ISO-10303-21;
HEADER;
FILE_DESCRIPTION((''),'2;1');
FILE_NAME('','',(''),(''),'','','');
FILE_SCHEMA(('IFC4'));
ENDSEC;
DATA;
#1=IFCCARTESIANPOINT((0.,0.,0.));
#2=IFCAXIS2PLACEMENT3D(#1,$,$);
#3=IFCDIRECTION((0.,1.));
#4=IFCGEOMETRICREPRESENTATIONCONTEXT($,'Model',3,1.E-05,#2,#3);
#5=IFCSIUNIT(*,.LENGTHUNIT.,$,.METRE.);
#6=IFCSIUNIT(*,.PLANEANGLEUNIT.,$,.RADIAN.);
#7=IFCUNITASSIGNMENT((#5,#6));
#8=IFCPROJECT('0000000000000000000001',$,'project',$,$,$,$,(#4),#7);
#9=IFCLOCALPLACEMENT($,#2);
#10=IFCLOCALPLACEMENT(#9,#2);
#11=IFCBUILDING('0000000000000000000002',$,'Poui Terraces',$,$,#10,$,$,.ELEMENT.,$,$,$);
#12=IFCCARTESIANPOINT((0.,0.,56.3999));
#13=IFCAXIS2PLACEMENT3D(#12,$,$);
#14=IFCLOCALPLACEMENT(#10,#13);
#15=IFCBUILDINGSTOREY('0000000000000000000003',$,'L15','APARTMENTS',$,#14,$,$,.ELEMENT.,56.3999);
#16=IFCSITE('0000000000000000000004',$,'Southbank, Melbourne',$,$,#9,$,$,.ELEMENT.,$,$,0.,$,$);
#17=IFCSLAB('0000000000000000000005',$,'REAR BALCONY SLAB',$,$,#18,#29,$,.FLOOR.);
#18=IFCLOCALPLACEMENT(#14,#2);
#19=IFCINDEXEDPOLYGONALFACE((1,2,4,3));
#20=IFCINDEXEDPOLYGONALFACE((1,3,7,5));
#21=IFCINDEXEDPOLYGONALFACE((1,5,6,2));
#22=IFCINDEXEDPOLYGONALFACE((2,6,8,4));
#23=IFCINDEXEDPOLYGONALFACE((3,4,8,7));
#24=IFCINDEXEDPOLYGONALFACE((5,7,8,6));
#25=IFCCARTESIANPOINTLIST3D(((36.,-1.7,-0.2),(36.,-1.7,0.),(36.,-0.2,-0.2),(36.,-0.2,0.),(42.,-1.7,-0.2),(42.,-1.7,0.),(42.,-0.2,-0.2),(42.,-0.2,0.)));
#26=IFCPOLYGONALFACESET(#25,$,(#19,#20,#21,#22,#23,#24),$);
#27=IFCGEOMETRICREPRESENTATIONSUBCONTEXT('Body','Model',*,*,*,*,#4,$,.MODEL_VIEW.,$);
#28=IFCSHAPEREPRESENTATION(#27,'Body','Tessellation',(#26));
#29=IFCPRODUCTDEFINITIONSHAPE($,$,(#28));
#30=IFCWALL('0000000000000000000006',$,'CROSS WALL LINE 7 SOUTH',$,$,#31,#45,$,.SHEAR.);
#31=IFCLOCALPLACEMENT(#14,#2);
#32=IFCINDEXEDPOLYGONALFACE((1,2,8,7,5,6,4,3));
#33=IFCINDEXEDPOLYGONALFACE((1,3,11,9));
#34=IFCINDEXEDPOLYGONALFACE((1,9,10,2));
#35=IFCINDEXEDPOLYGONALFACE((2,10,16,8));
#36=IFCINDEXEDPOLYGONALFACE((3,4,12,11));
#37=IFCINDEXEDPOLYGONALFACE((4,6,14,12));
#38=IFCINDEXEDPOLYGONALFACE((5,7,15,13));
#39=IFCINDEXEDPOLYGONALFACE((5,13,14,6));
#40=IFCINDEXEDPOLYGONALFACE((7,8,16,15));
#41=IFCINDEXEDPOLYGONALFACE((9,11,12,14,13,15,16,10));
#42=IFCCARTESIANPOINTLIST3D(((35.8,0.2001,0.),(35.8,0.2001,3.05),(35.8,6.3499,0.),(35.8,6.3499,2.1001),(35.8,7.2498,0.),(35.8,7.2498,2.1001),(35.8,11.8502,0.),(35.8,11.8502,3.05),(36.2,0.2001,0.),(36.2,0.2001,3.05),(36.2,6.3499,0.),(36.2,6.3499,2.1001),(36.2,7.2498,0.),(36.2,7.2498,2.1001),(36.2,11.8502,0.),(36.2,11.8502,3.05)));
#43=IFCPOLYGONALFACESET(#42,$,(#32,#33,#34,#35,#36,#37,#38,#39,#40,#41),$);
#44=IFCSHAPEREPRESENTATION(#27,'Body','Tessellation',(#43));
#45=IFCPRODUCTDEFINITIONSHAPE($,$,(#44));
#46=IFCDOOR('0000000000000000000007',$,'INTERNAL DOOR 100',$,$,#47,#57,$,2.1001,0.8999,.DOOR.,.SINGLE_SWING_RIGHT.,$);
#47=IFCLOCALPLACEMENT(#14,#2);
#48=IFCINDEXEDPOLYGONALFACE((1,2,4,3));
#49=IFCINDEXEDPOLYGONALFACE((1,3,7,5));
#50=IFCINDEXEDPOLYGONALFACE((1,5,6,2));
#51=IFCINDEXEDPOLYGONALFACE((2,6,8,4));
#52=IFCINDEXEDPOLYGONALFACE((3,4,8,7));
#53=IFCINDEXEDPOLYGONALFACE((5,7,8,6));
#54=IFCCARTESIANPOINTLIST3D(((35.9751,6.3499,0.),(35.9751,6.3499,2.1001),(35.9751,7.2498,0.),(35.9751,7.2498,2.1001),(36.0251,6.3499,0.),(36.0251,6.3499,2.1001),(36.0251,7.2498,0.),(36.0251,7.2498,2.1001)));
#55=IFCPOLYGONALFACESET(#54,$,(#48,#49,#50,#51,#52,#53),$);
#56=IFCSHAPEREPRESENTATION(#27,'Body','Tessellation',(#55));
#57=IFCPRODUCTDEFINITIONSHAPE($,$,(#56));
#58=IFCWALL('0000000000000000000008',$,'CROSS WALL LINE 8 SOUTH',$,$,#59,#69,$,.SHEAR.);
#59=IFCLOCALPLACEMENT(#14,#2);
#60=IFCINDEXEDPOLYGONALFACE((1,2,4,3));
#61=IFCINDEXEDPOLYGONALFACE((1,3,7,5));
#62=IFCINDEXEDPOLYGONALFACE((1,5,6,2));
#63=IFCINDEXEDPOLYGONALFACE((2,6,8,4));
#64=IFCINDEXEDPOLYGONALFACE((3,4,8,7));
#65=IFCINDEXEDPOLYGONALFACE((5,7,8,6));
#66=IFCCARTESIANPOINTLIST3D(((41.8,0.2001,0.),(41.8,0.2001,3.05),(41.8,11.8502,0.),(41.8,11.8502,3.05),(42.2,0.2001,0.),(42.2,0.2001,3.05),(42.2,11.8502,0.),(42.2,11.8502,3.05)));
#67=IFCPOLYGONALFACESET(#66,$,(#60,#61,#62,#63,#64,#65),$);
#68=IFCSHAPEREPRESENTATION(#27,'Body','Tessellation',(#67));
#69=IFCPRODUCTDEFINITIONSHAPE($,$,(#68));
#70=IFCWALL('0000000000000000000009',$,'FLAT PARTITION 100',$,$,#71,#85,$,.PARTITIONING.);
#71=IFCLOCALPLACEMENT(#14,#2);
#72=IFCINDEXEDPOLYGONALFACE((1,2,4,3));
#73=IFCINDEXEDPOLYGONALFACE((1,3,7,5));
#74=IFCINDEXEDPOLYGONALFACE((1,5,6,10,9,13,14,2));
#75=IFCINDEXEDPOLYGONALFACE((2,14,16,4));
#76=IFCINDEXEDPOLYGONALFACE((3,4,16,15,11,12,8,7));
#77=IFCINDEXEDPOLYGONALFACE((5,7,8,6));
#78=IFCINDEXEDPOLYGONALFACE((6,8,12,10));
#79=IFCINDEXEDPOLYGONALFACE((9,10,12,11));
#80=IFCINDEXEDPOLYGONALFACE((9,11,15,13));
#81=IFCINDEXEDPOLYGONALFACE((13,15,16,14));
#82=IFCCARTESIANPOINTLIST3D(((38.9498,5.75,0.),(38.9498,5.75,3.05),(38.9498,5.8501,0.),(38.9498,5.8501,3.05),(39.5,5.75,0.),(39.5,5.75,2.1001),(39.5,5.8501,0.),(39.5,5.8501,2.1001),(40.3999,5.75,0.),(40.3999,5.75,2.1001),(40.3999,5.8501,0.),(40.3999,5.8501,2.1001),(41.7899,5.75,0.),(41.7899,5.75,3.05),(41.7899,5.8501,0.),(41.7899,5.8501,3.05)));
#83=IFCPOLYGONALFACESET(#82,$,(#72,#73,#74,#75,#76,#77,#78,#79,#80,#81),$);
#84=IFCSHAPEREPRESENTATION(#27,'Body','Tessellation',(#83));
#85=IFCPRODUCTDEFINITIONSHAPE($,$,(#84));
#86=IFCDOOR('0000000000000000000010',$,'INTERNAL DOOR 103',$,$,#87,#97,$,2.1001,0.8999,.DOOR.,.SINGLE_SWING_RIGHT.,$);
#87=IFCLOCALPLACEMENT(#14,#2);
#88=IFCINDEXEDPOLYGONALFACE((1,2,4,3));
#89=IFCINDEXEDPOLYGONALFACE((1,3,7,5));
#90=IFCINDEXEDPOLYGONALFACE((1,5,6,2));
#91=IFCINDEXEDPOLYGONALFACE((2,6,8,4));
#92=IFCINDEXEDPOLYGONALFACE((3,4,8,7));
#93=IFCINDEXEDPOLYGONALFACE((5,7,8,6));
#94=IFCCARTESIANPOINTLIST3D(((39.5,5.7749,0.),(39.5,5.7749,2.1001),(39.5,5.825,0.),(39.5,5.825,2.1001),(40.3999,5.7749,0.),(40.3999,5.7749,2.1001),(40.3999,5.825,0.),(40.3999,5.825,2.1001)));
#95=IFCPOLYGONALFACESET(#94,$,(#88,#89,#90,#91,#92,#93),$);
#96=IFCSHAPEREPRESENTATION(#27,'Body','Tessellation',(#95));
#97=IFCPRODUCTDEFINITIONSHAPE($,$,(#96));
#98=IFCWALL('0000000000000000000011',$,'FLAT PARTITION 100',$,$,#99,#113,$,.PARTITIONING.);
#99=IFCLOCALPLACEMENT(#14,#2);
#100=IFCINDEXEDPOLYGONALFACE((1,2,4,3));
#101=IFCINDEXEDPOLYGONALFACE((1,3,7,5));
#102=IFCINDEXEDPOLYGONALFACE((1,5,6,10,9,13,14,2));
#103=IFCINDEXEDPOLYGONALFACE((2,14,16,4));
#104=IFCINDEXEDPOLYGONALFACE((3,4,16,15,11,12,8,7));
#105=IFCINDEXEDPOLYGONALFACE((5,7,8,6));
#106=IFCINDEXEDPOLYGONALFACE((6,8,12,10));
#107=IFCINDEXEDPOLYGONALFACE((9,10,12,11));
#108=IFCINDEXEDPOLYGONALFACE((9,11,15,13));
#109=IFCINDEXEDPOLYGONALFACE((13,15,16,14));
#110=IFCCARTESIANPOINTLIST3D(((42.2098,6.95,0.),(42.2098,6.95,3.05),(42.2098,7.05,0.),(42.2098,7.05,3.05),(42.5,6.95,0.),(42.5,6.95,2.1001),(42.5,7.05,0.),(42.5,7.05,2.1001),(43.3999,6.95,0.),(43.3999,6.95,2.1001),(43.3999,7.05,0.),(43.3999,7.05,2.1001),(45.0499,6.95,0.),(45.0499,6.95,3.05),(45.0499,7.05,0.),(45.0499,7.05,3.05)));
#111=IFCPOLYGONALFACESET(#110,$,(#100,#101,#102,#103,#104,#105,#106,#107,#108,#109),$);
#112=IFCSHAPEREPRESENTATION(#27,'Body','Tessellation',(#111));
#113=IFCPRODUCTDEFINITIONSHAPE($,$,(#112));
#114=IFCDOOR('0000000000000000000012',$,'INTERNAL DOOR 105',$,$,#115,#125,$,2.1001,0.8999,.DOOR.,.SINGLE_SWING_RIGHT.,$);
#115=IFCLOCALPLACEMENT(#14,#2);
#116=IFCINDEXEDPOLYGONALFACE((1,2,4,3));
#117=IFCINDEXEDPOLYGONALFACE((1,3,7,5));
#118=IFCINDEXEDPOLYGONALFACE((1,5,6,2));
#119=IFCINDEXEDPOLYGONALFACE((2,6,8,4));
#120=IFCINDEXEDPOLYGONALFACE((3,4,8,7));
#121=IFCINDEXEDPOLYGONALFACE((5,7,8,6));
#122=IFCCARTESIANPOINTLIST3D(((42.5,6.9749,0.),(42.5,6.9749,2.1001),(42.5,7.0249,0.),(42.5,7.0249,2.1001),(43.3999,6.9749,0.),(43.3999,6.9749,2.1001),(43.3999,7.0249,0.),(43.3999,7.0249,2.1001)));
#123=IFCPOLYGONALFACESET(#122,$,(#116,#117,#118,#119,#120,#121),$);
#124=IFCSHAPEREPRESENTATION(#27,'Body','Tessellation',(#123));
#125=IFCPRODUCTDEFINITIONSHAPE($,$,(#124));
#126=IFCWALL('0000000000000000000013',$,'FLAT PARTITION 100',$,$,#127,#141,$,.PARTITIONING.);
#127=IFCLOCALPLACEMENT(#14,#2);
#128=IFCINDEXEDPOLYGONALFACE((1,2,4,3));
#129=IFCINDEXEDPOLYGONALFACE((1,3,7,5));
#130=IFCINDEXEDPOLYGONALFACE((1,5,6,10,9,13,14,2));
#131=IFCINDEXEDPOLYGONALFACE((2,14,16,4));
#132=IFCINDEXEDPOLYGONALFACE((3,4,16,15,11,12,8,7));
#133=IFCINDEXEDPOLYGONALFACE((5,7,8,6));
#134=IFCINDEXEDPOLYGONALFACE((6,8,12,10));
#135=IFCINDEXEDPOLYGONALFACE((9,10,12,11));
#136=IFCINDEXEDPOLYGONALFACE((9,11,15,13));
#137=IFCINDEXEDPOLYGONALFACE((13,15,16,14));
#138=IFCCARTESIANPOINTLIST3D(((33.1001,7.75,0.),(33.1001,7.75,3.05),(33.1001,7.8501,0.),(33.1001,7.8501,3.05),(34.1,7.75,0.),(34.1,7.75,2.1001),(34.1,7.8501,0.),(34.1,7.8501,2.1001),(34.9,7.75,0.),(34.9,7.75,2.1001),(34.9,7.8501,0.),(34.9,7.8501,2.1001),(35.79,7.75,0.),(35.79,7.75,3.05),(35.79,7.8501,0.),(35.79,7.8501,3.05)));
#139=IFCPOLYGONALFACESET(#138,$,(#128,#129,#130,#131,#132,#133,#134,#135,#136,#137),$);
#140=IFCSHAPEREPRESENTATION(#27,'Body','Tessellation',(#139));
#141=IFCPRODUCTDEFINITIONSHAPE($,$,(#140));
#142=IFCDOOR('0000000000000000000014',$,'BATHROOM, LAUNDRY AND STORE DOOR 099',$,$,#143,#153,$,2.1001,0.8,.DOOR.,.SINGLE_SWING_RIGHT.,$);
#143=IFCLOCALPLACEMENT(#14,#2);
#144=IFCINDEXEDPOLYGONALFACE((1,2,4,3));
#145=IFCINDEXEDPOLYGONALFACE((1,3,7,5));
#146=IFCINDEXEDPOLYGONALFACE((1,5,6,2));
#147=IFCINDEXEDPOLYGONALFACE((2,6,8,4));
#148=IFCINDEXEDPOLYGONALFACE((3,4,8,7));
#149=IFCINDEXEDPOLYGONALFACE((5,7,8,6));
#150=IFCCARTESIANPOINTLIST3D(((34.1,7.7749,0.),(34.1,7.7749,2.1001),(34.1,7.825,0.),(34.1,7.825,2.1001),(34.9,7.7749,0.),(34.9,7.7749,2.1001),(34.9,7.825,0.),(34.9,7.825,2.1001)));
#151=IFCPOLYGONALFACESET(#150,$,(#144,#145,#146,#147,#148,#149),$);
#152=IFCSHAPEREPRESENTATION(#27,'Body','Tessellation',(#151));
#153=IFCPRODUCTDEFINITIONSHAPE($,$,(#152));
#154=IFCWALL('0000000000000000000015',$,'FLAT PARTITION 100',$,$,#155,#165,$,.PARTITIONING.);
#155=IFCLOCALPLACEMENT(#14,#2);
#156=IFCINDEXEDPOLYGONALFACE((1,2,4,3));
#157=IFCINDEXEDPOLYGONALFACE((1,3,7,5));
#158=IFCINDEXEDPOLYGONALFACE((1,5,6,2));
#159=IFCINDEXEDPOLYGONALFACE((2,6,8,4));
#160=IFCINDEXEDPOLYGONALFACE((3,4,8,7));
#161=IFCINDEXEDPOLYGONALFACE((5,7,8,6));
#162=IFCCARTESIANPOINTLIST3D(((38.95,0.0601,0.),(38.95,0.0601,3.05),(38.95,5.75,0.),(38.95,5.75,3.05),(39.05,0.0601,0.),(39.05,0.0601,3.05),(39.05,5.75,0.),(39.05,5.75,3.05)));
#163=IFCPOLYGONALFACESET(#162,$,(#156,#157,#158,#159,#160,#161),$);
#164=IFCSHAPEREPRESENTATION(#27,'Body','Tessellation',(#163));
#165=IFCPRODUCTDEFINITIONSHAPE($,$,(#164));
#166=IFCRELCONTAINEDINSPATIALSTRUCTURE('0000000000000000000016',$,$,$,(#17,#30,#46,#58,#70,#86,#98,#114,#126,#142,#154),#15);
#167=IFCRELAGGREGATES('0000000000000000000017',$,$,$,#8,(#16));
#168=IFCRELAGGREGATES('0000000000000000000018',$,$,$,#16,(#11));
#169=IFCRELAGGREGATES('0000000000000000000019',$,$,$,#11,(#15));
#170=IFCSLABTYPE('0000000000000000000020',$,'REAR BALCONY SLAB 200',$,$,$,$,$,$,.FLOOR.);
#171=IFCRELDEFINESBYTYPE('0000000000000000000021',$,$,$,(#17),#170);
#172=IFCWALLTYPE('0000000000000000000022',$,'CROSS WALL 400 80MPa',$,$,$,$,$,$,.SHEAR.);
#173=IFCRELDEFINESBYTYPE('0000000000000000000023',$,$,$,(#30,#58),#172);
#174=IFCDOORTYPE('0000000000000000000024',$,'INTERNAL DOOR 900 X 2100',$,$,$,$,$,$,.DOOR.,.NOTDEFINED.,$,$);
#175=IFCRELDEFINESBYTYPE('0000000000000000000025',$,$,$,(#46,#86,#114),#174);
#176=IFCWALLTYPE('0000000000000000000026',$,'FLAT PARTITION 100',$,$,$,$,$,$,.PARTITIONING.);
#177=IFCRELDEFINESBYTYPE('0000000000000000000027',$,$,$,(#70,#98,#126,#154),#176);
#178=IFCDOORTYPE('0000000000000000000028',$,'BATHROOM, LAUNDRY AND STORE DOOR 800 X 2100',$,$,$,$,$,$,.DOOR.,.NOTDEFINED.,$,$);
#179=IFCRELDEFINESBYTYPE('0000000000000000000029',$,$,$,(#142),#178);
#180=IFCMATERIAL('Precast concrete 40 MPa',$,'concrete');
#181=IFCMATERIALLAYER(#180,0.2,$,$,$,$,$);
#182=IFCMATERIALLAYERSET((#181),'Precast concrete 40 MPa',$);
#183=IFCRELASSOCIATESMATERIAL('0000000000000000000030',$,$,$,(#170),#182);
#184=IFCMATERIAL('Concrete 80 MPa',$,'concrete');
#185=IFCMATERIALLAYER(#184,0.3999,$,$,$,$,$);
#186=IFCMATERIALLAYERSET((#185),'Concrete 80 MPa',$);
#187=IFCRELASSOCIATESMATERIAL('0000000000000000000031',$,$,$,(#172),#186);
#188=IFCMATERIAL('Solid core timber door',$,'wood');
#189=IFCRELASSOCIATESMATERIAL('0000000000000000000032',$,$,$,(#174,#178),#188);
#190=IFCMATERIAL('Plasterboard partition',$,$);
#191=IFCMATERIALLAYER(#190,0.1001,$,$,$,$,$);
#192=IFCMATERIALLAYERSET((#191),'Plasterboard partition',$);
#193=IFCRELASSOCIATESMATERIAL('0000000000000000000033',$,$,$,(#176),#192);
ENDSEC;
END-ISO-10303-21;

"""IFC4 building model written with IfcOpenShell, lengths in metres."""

from ifc_helpers import new_model, si_unit, direction, frame, frame_2d, origin, place, context, subcontext, project, spatial, polyline, rectangle, outline, extrude, source, transform, mapped, material, layer, layer_set, type_object, element, fill, save


model = new_model("IFC4")

# Units and contexts
model_context = context("Model", 3, precision=1e-05, world=origin(), true_north=direction((0.0, 1.0)))
body_context = subcontext(model_context, "Body", "Model", "MODEL_VIEW")
ifc_project = project(units=[si_unit("LENGTHUNIT", "METRE"), si_unit("PLANEANGLEUNIT", "RADIAN")], contexts=[model_context])

# Site, building, storey
site_placement = place(None, origin())
site = spatial("IfcSite", under=ifc_project, at=site_placement, Name="Southbank, Melbourne", CompositionType="ELEMENT", RefElevation=0.0)
building_placement = place(site_placement, origin())
building = spatial("IfcBuilding", under=site, at=building_placement, Name="Poui Terraces", CompositionType="ELEMENT")
storey_placement = place(building_placement, frame((0.0, 0.0, 56.3999)))
storey = spatial("IfcBuildingStorey", under=building, at=storey_placement, Name="L15", Description="APARTMENTS", CompositionType="ELEMENT", Elevation=56.3999)

# Slab
ifc_material_1 = material(Name="Precast concrete 40 MPa", Category="concrete")
ifc_layer_1 = layer(ifc_material_1, 0.2)
ifc_layer_set_1 = layer_set([ifc_layer_1], Name="Precast concrete 40 MPa")
slab_type = type_object("IfcSlabType", Name="REAR BALCONY SLAB 200", PredefinedType="FLOOR", material=ifc_layer_set_1)
shared_shape_1 = source(origin(), body_context, "Body", "SweptSolid", [
    extrude(outline(polyline([(0.0, 0.0), (6.0, 0.0), (6.0, 1.5), (0.0, 1.5), (0.0, 0.0)])), origin(), (0.0, 0.0, 1.0), 0.2),
])
slab_placement = place(storey_placement, frame((36.0, -1.7, -0.2)))
element("IfcSlab", 1, at=slab_placement, inside=storey, type_object=slab_type, Name="REAR BALCONY SLAB", PredefinedType="FLOOR", context=body_context, shape_type="MappedRepresentation", body=[
    mapped(shared_shape_1, transform((0.0, 0.0, 0.0))),
])

# Wall, opening, door
ifc_material_2 = material(Name="Concrete 80 MPa", Category="concrete")
ifc_layer_2 = layer(ifc_material_2, 0.3999)
ifc_layer_set_2 = layer_set([ifc_layer_2], Name="Concrete 80 MPa")
wall_type_1 = type_object("IfcWallType", Name="CROSS WALL 400 80MPa", PredefinedType="SHEAR", material=ifc_layer_set_2)
wall_1_placement = place(storey_placement, frame((36.0, 0.2, 0.0), z_axis=(0.0, 0.0, 1.0), x_axis=(0.0, 1.0, 0.0)))
wall_1 = element("IfcWall", 2, at=wall_1_placement, inside=storey, type_object=wall_type_1, Name="CROSS WALL LINE 7 SOUTH", PredefinedType="SHEAR", context=body_context, shape_type="SweptSolid", body=[
    extrude(rectangle(XDim=11.6501, YDim=0.3999, at=frame_2d((5.8252, 0.0))), origin(), (0.0, 0.0, 1.0), 3.05),
])
opening_1_placement = place(wall_1_placement, frame((6.1499, 0.0, 0.0)))
opening_1 = element("IfcOpeningElement", 3, at=opening_1_placement, cuts=wall_1, PredefinedType="OPENING", context=body_context, shape_type="SweptSolid", body=[
    extrude(rectangle(XDim=0.8999, YDim=2.1001, at=frame_2d((0.45, 1.05))), frame((0.0, 0.21, 0.0), z_axis=(0.0, -1.0, 0.0), x_axis=(1.0, 0.0, 0.0)), (0.0, 0.0, 1.0), 0.4199),
])
ifc_material_3 = material(Name="Solid core timber door", Category="wood")
door_type_1 = type_object("IfcDoorType", Name="INTERNAL DOOR 900 X 2100", OperationType="NOTDEFINED", PredefinedType="DOOR", material=ifc_material_3)
door_1_placement = place(opening_1_placement, origin())
door_1 = element("IfcDoor", 4, at=door_1_placement, inside=storey, type_object=door_type_1, Name="INTERNAL DOOR 100", OperationType="SINGLE_SWING_RIGHT", OverallHeight=2.1001, OverallWidth=0.8999, PredefinedType="DOOR", context=body_context, shape_type="SweptSolid", body=[
    extrude(rectangle(XDim=0.8999, YDim=2.1001, at=frame_2d((0.45, 1.05))), frame((0.0, 0.0249, 0.0), z_axis=(0.0, -1.0, 0.0), x_axis=(1.0, 0.0, 0.0)), (0.0, 0.0, 1.0), 0.05),
])
fill(opening_1, door_1)

# Wall
wall_2_placement = place(storey_placement, frame((42.0, 0.2, 0.0), z_axis=(0.0, 0.0, 1.0), x_axis=(0.0, 1.0, 0.0)))
element("IfcWall", 5, at=wall_2_placement, inside=storey, type_object=wall_type_1, Name="CROSS WALL LINE 8 SOUTH", PredefinedType="SHEAR", context=body_context, shape_type="SweptSolid", body=[
    extrude(rectangle(XDim=11.6501, YDim=0.3999, at=frame_2d((5.8252, 0.0))), origin(), (0.0, 0.0, 1.0), 3.05),
])

# Walls, openings, doors
ifc_material_4 = material(Name="Plasterboard partition")
ifc_layer_3 = layer(ifc_material_4, 0.1001)
ifc_layer_set_3 = layer_set([ifc_layer_3], Name="Plasterboard partition")
wall_type_2 = type_object("IfcWallType", Name="FLAT PARTITION 100", PredefinedType="PARTITIONING", material=ifc_layer_set_3)
wall_3_placement = place(storey_placement, frame((38.95, 5.8, 0.0), z_axis=(0.0, 0.0, 1.0), x_axis=(1.0, 0.0, 0.0)))
wall_3 = element("IfcWall", 6, at=wall_3_placement, inside=storey, type_object=wall_type_2, Name="FLAT PARTITION 100", PredefinedType="PARTITIONING", context=body_context, shape_type="SweptSolid", body=[
    extrude(rectangle(XDim=2.8401, YDim=0.1001, at=frame_2d((1.4199, 0.0))), origin(), (0.0, 0.0, 1.0), 3.05),
])
opening_2_placement = place(wall_3_placement, frame((0.55, 0.0, 0.0)))
opening_2 = element("IfcOpeningElement", 7, at=opening_2_placement, cuts=wall_3, PredefinedType="OPENING", context=body_context, shape_type="SweptSolid", body=[
    extrude(rectangle(XDim=0.8999, YDim=2.1001, at=frame_2d((0.45, 1.05))), frame((0.0, 0.0601, 0.0), z_axis=(0.0, -1.0, 0.0), x_axis=(1.0, 0.0, 0.0)), (0.0, 0.0, 1.0), 0.1201),
])
door_2_placement = place(opening_2_placement, origin())
door_2 = element("IfcDoor", 8, at=door_2_placement, inside=storey, type_object=door_type_1, Name="INTERNAL DOOR 103", OperationType="SINGLE_SWING_RIGHT", OverallHeight=2.1001, OverallWidth=0.8999, PredefinedType="DOOR", context=body_context, shape_type="SweptSolid", body=[
    extrude(rectangle(XDim=0.8999, YDim=2.1001, at=frame_2d((0.45, 1.05))), frame((0.0, 0.0249, 0.0), z_axis=(0.0, -1.0, 0.0), x_axis=(1.0, 0.0, 0.0)), (0.0, 0.0, 1.0), 0.05),
])
fill(opening_2, door_2)
wall_4_placement = place(storey_placement, frame((42.21, 7.0, 0.0), z_axis=(0.0, 0.0, 1.0), x_axis=(1.0, 0.0, 0.0)))
wall_4 = element("IfcWall", 9, at=wall_4_placement, inside=storey, type_object=wall_type_2, Name="FLAT PARTITION 100", PredefinedType="PARTITIONING", context=body_context, shape_type="SweptSolid", body=[
    extrude(rectangle(XDim=2.8401, YDim=0.1001, at=frame_2d((1.4199, 0.0))), origin(), (0.0, 0.0, 1.0), 3.05),
])
opening_3_placement = place(wall_4_placement, frame((0.29, 0.0, 0.0)))
opening_3 = element("IfcOpeningElement", 10, at=opening_3_placement, cuts=wall_4, PredefinedType="OPENING", context=body_context, shape_type="SweptSolid", body=[
    extrude(rectangle(XDim=0.8999, YDim=2.1001, at=frame_2d((0.45, 1.05))), frame((0.0, 0.0601, 0.0), z_axis=(0.0, -1.0, 0.0), x_axis=(1.0, 0.0, 0.0)), (0.0, 0.0, 1.0), 0.1201),
])
door_3_placement = place(opening_3_placement, origin())
door_3 = element("IfcDoor", 11, at=door_3_placement, inside=storey, type_object=door_type_1, Name="INTERNAL DOOR 105", OperationType="SINGLE_SWING_RIGHT", OverallHeight=2.1001, OverallWidth=0.8999, PredefinedType="DOOR", context=body_context, shape_type="SweptSolid", body=[
    extrude(rectangle(XDim=0.8999, YDim=2.1001, at=frame_2d((0.45, 1.05))), frame((0.0, 0.0249, 0.0), z_axis=(0.0, -1.0, 0.0), x_axis=(1.0, 0.0, 0.0)), (0.0, 0.0, 1.0), 0.05),
])
fill(opening_3, door_3)
wall_5_placement = place(storey_placement, frame((33.1001, 7.8, 0.0), z_axis=(0.0, 0.0, 1.0), x_axis=(1.0, 0.0, 0.0)))
wall_5 = element("IfcWall", 12, at=wall_5_placement, inside=storey, type_object=wall_type_2, Name="FLAT PARTITION 100", PredefinedType="PARTITIONING", context=body_context, shape_type="SweptSolid", body=[
    extrude(rectangle(XDim=2.6899, YDim=0.1001, at=frame_2d((1.345, 0.0))), origin(), (0.0, 0.0, 1.0), 3.05),
])
opening_4_placement = place(wall_5_placement, frame((1.0, 0.0, 0.0)))
opening_4 = element("IfcOpeningElement", 13, at=opening_4_placement, cuts=wall_5, PredefinedType="OPENING", context=body_context, shape_type="SweptSolid", body=[
    extrude(rectangle(XDim=0.8, YDim=2.1001, at=frame_2d((0.3999, 1.05))), frame((0.0, 0.0601, 0.0), z_axis=(0.0, -1.0, 0.0), x_axis=(1.0, 0.0, 0.0)), (0.0, 0.0, 1.0), 0.1201),
])
door_type_2 = type_object("IfcDoorType", Name="BATHROOM, LAUNDRY AND STORE DOOR 800 X 2100", OperationType="NOTDEFINED", PredefinedType="DOOR", material=ifc_material_3)
door_4_placement = place(opening_4_placement, origin())
door_4 = element("IfcDoor", 14, at=door_4_placement, inside=storey, type_object=door_type_2, Name="BATHROOM, LAUNDRY AND STORE DOOR 099", OperationType="SINGLE_SWING_RIGHT", OverallHeight=2.1001, OverallWidth=0.8, PredefinedType="DOOR", context=body_context, shape_type="SweptSolid", body=[
    extrude(rectangle(XDim=0.8, YDim=2.1001, at=frame_2d((0.3999, 1.05))), frame((0.0, 0.0249, 0.0), z_axis=(0.0, -1.0, 0.0), x_axis=(1.0, 0.0, 0.0)), (0.0, 0.0, 1.0), 0.05),
])
fill(opening_4, door_4)

# Wall
wall_6_placement = place(storey_placement, frame((39.0, 0.0601, 0.0), z_axis=(0.0, 0.0, 1.0), x_axis=(0.0, 1.0, 0.0)))
element("IfcWall", 15, at=wall_6_placement, inside=storey, type_object=wall_type_2, Name="FLAT PARTITION 100", PredefinedType="PARTITIONING", context=body_context, shape_type="SweptSolid", body=[
    extrude(rectangle(XDim=5.6899, YDim=0.1001, at=frame_2d((2.845, 0.0))), origin(), (0.0, 0.0, 1.0), 3.05),
])

save(model, "model.ifc")
